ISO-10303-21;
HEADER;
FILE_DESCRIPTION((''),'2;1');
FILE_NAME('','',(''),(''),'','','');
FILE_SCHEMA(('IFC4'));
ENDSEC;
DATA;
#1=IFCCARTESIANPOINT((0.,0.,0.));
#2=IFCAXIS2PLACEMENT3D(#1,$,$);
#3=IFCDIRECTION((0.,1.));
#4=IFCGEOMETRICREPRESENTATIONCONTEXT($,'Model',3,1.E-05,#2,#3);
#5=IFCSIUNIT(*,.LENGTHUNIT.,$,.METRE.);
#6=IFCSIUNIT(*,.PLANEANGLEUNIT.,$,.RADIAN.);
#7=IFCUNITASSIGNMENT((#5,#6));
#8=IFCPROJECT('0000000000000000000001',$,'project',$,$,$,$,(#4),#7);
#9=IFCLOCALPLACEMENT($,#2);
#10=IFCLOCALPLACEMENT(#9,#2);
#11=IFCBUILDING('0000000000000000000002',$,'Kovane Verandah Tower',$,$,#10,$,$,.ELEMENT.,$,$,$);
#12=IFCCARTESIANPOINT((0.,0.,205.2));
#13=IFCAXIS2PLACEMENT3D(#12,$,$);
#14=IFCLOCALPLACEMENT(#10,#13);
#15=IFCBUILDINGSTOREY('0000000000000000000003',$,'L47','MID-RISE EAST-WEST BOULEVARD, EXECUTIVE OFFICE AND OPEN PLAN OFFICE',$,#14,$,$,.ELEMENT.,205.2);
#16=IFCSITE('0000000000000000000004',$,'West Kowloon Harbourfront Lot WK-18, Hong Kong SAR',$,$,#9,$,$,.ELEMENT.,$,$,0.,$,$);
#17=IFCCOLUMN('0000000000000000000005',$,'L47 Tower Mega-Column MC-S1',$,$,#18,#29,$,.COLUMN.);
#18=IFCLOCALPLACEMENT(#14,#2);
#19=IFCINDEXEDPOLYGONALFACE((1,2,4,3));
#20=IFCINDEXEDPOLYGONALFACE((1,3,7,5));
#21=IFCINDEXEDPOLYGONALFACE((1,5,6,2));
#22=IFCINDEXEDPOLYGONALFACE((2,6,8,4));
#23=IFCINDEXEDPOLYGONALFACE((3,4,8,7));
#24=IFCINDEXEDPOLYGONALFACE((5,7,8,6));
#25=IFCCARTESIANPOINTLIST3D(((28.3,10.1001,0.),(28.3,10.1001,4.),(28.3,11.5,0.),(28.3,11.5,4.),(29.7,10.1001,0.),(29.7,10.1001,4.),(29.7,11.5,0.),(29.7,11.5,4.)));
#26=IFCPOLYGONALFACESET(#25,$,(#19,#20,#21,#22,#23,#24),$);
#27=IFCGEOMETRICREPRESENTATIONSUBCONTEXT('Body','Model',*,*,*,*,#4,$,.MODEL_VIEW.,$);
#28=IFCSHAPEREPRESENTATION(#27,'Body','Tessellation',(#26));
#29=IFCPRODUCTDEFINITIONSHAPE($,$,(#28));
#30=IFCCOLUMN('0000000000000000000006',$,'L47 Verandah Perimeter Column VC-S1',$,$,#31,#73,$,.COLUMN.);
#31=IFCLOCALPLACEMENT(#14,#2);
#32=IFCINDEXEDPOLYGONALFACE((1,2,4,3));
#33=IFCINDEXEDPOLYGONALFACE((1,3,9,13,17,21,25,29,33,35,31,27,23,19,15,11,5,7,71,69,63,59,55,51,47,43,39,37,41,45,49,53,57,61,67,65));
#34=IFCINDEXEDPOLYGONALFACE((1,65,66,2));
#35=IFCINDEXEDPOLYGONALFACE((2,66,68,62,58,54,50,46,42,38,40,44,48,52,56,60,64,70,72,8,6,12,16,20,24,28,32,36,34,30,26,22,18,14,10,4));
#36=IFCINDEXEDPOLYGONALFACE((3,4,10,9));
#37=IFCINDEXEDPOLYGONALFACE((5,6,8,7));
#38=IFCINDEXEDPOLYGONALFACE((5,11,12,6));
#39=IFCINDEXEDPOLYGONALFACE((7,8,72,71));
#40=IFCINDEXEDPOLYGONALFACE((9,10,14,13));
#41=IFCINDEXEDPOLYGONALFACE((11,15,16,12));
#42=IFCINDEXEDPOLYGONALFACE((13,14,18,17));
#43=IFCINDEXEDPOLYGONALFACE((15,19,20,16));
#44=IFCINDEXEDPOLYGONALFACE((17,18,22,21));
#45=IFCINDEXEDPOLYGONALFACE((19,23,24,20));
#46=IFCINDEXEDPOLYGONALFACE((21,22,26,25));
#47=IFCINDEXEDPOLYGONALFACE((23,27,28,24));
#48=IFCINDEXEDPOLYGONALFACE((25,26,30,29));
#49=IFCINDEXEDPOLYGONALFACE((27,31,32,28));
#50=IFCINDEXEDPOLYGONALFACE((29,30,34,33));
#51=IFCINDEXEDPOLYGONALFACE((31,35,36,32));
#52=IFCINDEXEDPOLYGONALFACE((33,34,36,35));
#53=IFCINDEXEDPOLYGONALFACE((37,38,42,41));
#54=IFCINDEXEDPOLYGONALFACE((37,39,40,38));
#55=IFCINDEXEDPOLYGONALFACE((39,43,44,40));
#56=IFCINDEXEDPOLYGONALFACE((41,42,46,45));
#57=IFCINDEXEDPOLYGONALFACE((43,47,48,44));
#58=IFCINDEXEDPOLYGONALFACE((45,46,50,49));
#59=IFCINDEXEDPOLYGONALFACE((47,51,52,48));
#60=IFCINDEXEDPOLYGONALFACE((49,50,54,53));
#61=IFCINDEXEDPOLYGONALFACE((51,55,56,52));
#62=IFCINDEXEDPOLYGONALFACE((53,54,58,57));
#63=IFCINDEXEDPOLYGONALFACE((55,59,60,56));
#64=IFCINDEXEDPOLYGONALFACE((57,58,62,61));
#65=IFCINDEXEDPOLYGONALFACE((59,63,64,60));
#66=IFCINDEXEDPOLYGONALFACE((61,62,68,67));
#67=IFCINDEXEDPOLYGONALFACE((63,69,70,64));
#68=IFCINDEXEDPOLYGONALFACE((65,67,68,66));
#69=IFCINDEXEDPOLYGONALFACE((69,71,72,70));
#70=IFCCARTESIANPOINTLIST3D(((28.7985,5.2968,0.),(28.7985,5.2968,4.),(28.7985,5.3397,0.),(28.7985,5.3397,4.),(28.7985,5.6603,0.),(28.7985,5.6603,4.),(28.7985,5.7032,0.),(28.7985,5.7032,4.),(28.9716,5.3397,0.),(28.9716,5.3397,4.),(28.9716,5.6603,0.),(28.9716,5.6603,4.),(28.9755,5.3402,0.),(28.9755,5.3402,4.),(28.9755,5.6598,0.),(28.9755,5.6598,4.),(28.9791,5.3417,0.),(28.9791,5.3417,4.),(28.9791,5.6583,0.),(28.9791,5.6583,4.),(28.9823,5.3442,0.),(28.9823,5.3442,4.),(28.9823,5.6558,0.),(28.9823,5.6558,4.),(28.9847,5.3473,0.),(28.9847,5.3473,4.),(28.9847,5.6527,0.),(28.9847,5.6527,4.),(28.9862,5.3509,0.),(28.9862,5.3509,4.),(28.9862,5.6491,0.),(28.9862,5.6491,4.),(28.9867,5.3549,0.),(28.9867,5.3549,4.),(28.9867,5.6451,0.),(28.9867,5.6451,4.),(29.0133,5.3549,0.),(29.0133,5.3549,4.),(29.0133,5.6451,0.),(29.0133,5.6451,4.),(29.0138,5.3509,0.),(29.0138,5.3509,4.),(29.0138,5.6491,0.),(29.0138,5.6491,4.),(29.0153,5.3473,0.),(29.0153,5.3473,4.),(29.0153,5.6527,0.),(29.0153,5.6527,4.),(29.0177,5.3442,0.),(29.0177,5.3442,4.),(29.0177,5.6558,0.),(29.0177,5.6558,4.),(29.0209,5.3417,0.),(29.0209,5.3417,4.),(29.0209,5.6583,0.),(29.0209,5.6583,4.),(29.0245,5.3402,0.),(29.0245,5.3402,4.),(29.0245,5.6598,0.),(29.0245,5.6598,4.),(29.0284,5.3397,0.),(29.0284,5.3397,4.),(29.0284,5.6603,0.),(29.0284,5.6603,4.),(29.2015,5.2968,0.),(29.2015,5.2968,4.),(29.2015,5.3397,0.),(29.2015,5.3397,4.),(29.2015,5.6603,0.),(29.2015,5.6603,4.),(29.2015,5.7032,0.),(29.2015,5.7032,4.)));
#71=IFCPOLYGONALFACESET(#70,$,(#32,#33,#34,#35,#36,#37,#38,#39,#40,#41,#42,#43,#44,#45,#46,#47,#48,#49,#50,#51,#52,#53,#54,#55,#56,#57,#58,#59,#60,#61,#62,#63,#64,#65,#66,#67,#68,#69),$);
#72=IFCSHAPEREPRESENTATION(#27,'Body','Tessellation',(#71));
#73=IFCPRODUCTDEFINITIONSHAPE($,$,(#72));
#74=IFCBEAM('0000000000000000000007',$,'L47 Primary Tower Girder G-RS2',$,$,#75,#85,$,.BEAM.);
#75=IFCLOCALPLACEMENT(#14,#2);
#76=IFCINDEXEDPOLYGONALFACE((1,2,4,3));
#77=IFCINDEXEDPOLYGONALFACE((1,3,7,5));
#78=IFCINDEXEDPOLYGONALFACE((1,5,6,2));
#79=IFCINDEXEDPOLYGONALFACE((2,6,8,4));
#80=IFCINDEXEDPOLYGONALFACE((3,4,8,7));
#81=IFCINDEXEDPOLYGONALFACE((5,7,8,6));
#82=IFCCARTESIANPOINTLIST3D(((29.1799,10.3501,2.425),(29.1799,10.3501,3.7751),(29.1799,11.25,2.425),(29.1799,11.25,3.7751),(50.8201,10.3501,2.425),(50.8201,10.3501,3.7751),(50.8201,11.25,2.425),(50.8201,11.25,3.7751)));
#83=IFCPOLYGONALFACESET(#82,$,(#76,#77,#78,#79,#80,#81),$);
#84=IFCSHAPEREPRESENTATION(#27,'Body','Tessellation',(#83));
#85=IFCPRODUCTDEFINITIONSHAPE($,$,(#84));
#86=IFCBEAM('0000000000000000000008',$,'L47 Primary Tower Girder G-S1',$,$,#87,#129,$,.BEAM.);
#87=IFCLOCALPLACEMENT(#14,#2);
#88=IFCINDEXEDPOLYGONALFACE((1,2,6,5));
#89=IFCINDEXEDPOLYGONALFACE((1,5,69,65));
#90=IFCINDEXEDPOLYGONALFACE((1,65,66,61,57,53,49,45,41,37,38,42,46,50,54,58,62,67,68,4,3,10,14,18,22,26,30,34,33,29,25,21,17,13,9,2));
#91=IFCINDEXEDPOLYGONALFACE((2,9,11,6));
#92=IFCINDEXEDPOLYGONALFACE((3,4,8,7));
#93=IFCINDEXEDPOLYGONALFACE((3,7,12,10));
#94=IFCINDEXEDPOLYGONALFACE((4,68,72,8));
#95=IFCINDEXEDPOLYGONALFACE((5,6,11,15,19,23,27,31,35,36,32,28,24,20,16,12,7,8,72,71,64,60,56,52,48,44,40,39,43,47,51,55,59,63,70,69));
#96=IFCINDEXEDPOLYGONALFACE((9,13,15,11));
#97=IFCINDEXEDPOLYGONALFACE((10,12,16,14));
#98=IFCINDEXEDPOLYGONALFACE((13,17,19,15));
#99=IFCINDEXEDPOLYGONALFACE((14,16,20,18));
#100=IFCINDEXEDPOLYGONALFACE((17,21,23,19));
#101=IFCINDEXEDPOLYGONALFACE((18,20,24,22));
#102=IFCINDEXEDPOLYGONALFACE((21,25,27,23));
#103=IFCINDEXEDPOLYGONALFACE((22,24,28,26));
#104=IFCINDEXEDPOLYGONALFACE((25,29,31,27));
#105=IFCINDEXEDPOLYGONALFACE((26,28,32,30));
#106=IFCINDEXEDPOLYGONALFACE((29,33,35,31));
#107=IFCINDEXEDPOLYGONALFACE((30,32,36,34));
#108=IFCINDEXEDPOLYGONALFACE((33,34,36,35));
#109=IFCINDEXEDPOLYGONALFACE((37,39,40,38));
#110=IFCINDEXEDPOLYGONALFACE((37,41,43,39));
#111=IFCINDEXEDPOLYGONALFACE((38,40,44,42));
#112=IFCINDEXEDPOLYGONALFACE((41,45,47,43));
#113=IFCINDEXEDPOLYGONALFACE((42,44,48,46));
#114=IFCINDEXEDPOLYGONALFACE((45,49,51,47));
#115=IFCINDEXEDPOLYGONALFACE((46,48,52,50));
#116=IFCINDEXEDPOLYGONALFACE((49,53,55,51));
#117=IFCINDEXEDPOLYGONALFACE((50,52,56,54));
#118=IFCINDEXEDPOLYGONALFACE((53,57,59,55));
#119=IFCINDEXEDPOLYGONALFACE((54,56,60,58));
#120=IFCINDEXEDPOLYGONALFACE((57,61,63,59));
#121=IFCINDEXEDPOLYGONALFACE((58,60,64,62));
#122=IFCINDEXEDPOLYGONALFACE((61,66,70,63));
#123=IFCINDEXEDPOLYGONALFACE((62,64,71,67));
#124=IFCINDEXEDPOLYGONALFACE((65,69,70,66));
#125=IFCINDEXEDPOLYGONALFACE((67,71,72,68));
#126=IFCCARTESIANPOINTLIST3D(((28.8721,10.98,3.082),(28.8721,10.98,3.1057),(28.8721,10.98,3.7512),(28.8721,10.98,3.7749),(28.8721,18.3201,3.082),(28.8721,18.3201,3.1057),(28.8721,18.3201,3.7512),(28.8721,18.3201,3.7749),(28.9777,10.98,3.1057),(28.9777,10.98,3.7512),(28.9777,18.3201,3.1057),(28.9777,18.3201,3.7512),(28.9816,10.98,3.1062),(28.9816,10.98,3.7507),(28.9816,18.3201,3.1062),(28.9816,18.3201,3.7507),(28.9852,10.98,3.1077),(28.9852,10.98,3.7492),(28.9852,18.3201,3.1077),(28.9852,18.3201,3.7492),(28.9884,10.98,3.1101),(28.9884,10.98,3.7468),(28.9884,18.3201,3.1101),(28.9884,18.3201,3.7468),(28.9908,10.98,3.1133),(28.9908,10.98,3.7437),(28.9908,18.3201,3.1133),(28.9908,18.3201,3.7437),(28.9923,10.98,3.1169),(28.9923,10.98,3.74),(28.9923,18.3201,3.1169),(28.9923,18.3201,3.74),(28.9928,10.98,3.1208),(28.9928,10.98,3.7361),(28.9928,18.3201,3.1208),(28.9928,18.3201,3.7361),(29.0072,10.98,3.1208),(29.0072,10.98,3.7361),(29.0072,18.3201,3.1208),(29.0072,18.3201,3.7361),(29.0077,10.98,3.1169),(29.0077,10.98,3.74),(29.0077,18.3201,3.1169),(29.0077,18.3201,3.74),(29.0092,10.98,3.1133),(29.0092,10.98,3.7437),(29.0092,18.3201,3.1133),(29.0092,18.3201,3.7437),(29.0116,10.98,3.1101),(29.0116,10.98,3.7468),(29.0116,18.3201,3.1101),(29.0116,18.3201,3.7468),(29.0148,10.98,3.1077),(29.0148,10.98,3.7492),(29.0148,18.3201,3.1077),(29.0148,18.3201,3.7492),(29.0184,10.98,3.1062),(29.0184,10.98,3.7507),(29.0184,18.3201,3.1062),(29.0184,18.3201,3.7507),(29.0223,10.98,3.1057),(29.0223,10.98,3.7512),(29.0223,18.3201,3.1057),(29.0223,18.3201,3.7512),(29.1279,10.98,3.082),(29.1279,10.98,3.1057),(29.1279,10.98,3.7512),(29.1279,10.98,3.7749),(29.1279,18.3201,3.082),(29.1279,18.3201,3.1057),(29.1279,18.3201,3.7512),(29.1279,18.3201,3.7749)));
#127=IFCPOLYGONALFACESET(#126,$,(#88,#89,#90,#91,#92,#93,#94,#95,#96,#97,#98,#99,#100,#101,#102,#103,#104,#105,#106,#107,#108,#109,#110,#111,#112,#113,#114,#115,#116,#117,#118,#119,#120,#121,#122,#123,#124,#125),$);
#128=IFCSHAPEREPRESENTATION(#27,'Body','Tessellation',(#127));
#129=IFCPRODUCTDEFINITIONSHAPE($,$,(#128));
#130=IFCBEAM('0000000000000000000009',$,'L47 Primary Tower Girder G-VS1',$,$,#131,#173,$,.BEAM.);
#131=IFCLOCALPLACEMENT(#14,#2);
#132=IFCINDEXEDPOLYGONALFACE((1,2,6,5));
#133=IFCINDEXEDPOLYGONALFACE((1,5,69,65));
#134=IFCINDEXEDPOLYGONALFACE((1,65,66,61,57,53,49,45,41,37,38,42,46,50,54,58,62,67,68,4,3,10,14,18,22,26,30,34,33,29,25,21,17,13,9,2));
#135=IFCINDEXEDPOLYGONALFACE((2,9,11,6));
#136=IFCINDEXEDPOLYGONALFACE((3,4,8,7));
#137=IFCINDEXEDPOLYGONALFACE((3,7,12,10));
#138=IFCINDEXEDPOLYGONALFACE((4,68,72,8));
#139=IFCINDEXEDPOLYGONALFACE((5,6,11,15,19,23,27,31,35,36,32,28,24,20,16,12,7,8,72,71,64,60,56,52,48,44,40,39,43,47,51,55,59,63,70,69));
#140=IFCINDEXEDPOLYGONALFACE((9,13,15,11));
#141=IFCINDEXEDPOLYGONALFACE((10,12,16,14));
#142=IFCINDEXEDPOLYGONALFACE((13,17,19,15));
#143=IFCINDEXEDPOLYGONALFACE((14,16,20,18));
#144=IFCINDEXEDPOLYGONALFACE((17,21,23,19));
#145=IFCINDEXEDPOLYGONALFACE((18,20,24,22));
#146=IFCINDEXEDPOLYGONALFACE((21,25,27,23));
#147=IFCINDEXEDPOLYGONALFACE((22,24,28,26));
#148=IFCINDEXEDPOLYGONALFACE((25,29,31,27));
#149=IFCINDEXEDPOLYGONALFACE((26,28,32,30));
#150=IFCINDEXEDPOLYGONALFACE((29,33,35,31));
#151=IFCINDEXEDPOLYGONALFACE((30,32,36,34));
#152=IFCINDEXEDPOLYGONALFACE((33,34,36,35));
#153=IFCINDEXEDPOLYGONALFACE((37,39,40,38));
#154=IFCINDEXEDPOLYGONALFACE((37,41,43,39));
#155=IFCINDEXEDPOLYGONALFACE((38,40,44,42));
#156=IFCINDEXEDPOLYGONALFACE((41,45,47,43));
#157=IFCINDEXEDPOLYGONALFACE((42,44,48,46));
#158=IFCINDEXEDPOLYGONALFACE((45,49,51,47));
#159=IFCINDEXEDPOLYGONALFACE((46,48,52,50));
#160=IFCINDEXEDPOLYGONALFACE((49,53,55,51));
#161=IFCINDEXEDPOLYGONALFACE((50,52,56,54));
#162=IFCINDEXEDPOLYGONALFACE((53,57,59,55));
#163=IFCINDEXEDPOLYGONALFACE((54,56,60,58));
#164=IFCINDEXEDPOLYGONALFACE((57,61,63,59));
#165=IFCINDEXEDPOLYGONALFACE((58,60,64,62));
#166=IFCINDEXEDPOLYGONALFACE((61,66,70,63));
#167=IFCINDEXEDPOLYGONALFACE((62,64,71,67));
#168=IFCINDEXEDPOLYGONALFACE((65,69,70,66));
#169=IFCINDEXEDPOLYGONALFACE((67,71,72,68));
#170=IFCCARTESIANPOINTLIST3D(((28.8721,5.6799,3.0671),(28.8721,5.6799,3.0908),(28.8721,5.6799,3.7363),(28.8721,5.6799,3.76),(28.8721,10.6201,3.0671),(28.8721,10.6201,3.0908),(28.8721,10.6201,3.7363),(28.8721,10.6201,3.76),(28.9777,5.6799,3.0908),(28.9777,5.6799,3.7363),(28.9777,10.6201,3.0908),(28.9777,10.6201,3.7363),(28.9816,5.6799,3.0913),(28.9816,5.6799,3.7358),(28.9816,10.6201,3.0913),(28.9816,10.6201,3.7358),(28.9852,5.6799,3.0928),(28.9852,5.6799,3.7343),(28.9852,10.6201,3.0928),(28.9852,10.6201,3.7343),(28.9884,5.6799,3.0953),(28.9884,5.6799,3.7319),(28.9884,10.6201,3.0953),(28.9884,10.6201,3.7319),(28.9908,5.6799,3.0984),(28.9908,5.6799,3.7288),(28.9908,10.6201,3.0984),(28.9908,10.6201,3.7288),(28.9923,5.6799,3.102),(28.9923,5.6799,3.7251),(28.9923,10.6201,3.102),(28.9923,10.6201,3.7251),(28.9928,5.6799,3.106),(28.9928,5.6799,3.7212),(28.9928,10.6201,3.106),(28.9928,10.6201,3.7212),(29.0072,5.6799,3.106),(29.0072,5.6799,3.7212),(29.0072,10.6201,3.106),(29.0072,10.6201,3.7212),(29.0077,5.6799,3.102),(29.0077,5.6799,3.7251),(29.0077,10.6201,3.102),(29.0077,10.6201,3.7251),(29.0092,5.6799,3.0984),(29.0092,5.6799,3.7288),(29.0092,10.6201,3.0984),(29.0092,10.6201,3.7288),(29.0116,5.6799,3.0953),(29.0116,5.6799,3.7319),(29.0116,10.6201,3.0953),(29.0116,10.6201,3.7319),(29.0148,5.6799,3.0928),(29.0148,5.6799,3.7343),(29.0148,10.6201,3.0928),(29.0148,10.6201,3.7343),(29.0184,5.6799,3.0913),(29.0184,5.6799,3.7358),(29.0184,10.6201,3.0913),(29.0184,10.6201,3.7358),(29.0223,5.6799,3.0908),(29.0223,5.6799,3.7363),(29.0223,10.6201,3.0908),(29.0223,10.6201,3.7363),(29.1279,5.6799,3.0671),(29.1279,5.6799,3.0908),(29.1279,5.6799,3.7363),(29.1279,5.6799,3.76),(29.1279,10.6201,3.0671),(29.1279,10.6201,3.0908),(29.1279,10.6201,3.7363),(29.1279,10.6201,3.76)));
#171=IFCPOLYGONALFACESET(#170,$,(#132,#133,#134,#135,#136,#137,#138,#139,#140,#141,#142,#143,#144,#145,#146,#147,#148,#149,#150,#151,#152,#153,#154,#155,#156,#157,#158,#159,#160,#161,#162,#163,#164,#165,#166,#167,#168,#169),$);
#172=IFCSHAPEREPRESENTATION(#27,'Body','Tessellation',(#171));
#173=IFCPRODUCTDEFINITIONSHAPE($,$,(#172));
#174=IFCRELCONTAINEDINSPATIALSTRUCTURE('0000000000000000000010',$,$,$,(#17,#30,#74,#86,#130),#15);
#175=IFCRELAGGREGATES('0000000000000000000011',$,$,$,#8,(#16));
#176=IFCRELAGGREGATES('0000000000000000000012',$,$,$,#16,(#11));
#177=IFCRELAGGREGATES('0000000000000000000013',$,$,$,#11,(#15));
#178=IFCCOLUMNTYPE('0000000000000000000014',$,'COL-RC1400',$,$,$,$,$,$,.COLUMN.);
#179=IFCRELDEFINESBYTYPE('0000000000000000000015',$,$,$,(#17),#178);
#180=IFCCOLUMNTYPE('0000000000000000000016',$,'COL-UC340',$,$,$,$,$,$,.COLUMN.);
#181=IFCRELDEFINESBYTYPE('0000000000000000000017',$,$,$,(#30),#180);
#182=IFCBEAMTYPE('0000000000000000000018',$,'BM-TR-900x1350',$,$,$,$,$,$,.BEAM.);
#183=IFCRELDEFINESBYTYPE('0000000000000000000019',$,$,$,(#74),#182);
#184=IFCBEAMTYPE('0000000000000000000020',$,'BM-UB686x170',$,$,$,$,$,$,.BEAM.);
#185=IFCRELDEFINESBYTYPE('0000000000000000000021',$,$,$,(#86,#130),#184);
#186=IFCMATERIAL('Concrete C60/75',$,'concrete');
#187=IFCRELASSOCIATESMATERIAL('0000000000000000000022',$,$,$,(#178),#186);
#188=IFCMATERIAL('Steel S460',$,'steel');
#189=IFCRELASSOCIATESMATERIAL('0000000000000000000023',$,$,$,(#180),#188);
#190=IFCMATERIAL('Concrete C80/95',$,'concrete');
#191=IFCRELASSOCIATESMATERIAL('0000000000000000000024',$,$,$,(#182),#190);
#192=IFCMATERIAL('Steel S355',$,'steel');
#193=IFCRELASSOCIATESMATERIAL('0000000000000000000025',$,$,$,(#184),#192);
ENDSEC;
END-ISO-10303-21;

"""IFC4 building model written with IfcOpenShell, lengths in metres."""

from ifc_helpers import new_model, si_unit, direction, frame, origin, origin_2d, place, context, subcontext, project, spatial, rectangle, i_section, extrude, material, material_profile, profile_set, type_object, element, save


model = new_model("IFC4")

# Units and contexts
model_context = context("Model", 3, precision=1e-05, world=origin(), true_north=direction((0.0, 1.0)))
body_context = subcontext(model_context, "Body", "Model", "MODEL_VIEW")
ifc_project = project(units=[si_unit("LENGTHUNIT", "METRE"), si_unit("PLANEANGLEUNIT", "RADIAN")], contexts=[model_context])

# Site, building, storey
site_placement = place(None, origin())
site = spatial("IfcSite", under=ifc_project, at=site_placement, Name="West Kowloon Harbourfront Lot WK-18, Hong Kong SAR", CompositionType="ELEMENT", RefElevation=0.0)
building_placement = place(site_placement, origin())
building = spatial("IfcBuilding", under=site, at=building_placement, Name="Kovane Verandah Tower", CompositionType="ELEMENT")
storey_placement = place(building_placement, frame((0.0, 0.0, 205.2)))
storey = spatial("IfcBuildingStorey", under=building, at=storey_placement, Name="L47", Description="MID-RISE EAST-WEST BOULEVARD, EXECUTIVE OFFICE AND OPEN PLAN OFFICE", CompositionType="ELEMENT", Elevation=205.2)

# Columns
ifc_material_1 = material(Name="Concrete C60/75", Category="concrete")
ifc_material_profile_1 = material_profile(ifc_material_1, rectangle(XDim=1.3999, YDim=1.3999, at=origin_2d()), Name="RC1400x1400")
ifc_profile_set_1 = profile_set([ifc_material_profile_1], Name="Concrete C60/75")
column_type_1 = type_object("IfcColumnType", Name="COL-RC1400", PredefinedType="COLUMN", material=ifc_profile_set_1)
column_1_placement = place(storey_placement, frame((29.0, 10.8, 0.0), z_axis=(0.0, 0.0, 1.0), x_axis=(1.0, 0.0, 0.0)))
element("IfcColumn", 1, at=column_1_placement, inside=storey, type_object=column_type_1, Name="L47 Tower Mega-Column MC-S1", PredefinedType="COLUMN", context=body_context, shape_type="SweptSolid", body=[
    extrude(rectangle(XDim=1.3999, YDim=1.3999, at=origin_2d()), origin(), (0.0, 0.0, 1.0), 4.0),
])
ifc_material_2 = material(Name="Steel S460", Category="steel")
ifc_material_profile_2 = material_profile(ifc_material_2, i_section(OverallWidth=0.4031, OverallDepth=0.4065, WebThickness=0.0266, FlangeThickness=0.043, FilletRadius=0.0151, at=origin_2d()), Name="UC356x406x340")
ifc_profile_set_2 = profile_set([ifc_material_profile_2], Name="Steel S460")
column_type_2 = type_object("IfcColumnType", Name="COL-UC340", PredefinedType="COLUMN", material=ifc_profile_set_2)
column_2_placement = place(storey_placement, frame((29.0, 5.5, 0.0), z_axis=(0.0, 0.0, 1.0), x_axis=(1.0, 0.0, 0.0)))
element("IfcColumn", 2, at=column_2_placement, inside=storey, type_object=column_type_2, Name="L47 Verandah Perimeter Column VC-S1", PredefinedType="COLUMN", context=body_context, shape_type="SweptSolid", body=[
    extrude(i_section(OverallWidth=0.4031, OverallDepth=0.4065, WebThickness=0.0266, FlangeThickness=0.043, FilletRadius=0.0151, at=origin_2d()), origin(), (0.0, 0.0, 1.0), 4.0),
])

# Beams
ifc_material_3 = material(Name="Concrete C80/95", Category="concrete")
ifc_material_profile_3 = material_profile(ifc_material_3, rectangle(XDim=0.8999, YDim=1.3501, at=origin_2d()), Name="RCB900x1350")
ifc_profile_set_3 = profile_set([ifc_material_profile_3], Name="Concrete C80/95")
beam_type_1 = type_object("IfcBeamType", Name="BM-TR-900x1350", PredefinedType="BEAM", material=ifc_profile_set_3)
beam_1_placement = place(storey_placement, frame((29.1799, 10.8, 3.1001), z_axis=(1.0, 0.0, 0.0), x_axis=(0.0, 1.0, 0.0)))
element("IfcBeam", 3, at=beam_1_placement, inside=storey, type_object=beam_type_1, Name="L47 Primary Tower Girder G-RS2", PredefinedType="BEAM", context=body_context, shape_type="SweptSolid", body=[
    extrude(rectangle(XDim=0.8999, YDim=1.3501, at=origin_2d()), origin(), (0.0, 0.0, 1.0), 21.6401),
])
ifc_material_4 = material(Name="Steel S355", Category="steel")
ifc_material_profile_4 = material_profile(ifc_material_4, i_section(OverallWidth=0.2559, OverallDepth=0.6929, WebThickness=0.0144, FlangeThickness=0.0237, FilletRadius=0.0151, at=origin_2d()), Name="UB686x254x170")
ifc_profile_set_4 = profile_set([ifc_material_profile_4], Name="Steel S355")
beam_type_2 = type_object("IfcBeamType", Name="BM-UB686x170", PredefinedType="BEAM", material=ifc_profile_set_4)
beam_2_placement = place(storey_placement, frame((29.0, 18.3201, 3.4285), z_axis=(0.0, -1.0, 0.0), x_axis=(1.0, 0.0, 0.0)))
element("IfcBeam", 4, at=beam_2_placement, inside=storey, type_object=beam_type_2, Name="L47 Primary Tower Girder G-S1", PredefinedType="BEAM", context=body_context, shape_type="SweptSolid", body=[
    extrude(i_section(OverallWidth=0.2559, OverallDepth=0.6929, WebThickness=0.0144, FlangeThickness=0.0237, FilletRadius=0.0151, at=origin_2d()), origin(), (0.0, 0.0, 1.0), 7.3401),
])
beam_3_placement = place(storey_placement, frame((29.0, 10.6201, 3.4136), z_axis=(0.0, -1.0, 0.0), x_axis=(1.0, 0.0, 0.0)))
element("IfcBeam", 5, at=beam_3_placement, inside=storey, type_object=beam_type_2, Name="L47 Primary Tower Girder G-VS1", PredefinedType="BEAM", context=body_context, shape_type="SweptSolid", body=[
    extrude(i_section(OverallWidth=0.2559, OverallDepth=0.6929, WebThickness=0.0144, FlangeThickness=0.0237, FilletRadius=0.0151, at=origin_2d()), origin(), (0.0, 0.0, 1.0), 4.9402),
])

save(model, "model.ifc")
